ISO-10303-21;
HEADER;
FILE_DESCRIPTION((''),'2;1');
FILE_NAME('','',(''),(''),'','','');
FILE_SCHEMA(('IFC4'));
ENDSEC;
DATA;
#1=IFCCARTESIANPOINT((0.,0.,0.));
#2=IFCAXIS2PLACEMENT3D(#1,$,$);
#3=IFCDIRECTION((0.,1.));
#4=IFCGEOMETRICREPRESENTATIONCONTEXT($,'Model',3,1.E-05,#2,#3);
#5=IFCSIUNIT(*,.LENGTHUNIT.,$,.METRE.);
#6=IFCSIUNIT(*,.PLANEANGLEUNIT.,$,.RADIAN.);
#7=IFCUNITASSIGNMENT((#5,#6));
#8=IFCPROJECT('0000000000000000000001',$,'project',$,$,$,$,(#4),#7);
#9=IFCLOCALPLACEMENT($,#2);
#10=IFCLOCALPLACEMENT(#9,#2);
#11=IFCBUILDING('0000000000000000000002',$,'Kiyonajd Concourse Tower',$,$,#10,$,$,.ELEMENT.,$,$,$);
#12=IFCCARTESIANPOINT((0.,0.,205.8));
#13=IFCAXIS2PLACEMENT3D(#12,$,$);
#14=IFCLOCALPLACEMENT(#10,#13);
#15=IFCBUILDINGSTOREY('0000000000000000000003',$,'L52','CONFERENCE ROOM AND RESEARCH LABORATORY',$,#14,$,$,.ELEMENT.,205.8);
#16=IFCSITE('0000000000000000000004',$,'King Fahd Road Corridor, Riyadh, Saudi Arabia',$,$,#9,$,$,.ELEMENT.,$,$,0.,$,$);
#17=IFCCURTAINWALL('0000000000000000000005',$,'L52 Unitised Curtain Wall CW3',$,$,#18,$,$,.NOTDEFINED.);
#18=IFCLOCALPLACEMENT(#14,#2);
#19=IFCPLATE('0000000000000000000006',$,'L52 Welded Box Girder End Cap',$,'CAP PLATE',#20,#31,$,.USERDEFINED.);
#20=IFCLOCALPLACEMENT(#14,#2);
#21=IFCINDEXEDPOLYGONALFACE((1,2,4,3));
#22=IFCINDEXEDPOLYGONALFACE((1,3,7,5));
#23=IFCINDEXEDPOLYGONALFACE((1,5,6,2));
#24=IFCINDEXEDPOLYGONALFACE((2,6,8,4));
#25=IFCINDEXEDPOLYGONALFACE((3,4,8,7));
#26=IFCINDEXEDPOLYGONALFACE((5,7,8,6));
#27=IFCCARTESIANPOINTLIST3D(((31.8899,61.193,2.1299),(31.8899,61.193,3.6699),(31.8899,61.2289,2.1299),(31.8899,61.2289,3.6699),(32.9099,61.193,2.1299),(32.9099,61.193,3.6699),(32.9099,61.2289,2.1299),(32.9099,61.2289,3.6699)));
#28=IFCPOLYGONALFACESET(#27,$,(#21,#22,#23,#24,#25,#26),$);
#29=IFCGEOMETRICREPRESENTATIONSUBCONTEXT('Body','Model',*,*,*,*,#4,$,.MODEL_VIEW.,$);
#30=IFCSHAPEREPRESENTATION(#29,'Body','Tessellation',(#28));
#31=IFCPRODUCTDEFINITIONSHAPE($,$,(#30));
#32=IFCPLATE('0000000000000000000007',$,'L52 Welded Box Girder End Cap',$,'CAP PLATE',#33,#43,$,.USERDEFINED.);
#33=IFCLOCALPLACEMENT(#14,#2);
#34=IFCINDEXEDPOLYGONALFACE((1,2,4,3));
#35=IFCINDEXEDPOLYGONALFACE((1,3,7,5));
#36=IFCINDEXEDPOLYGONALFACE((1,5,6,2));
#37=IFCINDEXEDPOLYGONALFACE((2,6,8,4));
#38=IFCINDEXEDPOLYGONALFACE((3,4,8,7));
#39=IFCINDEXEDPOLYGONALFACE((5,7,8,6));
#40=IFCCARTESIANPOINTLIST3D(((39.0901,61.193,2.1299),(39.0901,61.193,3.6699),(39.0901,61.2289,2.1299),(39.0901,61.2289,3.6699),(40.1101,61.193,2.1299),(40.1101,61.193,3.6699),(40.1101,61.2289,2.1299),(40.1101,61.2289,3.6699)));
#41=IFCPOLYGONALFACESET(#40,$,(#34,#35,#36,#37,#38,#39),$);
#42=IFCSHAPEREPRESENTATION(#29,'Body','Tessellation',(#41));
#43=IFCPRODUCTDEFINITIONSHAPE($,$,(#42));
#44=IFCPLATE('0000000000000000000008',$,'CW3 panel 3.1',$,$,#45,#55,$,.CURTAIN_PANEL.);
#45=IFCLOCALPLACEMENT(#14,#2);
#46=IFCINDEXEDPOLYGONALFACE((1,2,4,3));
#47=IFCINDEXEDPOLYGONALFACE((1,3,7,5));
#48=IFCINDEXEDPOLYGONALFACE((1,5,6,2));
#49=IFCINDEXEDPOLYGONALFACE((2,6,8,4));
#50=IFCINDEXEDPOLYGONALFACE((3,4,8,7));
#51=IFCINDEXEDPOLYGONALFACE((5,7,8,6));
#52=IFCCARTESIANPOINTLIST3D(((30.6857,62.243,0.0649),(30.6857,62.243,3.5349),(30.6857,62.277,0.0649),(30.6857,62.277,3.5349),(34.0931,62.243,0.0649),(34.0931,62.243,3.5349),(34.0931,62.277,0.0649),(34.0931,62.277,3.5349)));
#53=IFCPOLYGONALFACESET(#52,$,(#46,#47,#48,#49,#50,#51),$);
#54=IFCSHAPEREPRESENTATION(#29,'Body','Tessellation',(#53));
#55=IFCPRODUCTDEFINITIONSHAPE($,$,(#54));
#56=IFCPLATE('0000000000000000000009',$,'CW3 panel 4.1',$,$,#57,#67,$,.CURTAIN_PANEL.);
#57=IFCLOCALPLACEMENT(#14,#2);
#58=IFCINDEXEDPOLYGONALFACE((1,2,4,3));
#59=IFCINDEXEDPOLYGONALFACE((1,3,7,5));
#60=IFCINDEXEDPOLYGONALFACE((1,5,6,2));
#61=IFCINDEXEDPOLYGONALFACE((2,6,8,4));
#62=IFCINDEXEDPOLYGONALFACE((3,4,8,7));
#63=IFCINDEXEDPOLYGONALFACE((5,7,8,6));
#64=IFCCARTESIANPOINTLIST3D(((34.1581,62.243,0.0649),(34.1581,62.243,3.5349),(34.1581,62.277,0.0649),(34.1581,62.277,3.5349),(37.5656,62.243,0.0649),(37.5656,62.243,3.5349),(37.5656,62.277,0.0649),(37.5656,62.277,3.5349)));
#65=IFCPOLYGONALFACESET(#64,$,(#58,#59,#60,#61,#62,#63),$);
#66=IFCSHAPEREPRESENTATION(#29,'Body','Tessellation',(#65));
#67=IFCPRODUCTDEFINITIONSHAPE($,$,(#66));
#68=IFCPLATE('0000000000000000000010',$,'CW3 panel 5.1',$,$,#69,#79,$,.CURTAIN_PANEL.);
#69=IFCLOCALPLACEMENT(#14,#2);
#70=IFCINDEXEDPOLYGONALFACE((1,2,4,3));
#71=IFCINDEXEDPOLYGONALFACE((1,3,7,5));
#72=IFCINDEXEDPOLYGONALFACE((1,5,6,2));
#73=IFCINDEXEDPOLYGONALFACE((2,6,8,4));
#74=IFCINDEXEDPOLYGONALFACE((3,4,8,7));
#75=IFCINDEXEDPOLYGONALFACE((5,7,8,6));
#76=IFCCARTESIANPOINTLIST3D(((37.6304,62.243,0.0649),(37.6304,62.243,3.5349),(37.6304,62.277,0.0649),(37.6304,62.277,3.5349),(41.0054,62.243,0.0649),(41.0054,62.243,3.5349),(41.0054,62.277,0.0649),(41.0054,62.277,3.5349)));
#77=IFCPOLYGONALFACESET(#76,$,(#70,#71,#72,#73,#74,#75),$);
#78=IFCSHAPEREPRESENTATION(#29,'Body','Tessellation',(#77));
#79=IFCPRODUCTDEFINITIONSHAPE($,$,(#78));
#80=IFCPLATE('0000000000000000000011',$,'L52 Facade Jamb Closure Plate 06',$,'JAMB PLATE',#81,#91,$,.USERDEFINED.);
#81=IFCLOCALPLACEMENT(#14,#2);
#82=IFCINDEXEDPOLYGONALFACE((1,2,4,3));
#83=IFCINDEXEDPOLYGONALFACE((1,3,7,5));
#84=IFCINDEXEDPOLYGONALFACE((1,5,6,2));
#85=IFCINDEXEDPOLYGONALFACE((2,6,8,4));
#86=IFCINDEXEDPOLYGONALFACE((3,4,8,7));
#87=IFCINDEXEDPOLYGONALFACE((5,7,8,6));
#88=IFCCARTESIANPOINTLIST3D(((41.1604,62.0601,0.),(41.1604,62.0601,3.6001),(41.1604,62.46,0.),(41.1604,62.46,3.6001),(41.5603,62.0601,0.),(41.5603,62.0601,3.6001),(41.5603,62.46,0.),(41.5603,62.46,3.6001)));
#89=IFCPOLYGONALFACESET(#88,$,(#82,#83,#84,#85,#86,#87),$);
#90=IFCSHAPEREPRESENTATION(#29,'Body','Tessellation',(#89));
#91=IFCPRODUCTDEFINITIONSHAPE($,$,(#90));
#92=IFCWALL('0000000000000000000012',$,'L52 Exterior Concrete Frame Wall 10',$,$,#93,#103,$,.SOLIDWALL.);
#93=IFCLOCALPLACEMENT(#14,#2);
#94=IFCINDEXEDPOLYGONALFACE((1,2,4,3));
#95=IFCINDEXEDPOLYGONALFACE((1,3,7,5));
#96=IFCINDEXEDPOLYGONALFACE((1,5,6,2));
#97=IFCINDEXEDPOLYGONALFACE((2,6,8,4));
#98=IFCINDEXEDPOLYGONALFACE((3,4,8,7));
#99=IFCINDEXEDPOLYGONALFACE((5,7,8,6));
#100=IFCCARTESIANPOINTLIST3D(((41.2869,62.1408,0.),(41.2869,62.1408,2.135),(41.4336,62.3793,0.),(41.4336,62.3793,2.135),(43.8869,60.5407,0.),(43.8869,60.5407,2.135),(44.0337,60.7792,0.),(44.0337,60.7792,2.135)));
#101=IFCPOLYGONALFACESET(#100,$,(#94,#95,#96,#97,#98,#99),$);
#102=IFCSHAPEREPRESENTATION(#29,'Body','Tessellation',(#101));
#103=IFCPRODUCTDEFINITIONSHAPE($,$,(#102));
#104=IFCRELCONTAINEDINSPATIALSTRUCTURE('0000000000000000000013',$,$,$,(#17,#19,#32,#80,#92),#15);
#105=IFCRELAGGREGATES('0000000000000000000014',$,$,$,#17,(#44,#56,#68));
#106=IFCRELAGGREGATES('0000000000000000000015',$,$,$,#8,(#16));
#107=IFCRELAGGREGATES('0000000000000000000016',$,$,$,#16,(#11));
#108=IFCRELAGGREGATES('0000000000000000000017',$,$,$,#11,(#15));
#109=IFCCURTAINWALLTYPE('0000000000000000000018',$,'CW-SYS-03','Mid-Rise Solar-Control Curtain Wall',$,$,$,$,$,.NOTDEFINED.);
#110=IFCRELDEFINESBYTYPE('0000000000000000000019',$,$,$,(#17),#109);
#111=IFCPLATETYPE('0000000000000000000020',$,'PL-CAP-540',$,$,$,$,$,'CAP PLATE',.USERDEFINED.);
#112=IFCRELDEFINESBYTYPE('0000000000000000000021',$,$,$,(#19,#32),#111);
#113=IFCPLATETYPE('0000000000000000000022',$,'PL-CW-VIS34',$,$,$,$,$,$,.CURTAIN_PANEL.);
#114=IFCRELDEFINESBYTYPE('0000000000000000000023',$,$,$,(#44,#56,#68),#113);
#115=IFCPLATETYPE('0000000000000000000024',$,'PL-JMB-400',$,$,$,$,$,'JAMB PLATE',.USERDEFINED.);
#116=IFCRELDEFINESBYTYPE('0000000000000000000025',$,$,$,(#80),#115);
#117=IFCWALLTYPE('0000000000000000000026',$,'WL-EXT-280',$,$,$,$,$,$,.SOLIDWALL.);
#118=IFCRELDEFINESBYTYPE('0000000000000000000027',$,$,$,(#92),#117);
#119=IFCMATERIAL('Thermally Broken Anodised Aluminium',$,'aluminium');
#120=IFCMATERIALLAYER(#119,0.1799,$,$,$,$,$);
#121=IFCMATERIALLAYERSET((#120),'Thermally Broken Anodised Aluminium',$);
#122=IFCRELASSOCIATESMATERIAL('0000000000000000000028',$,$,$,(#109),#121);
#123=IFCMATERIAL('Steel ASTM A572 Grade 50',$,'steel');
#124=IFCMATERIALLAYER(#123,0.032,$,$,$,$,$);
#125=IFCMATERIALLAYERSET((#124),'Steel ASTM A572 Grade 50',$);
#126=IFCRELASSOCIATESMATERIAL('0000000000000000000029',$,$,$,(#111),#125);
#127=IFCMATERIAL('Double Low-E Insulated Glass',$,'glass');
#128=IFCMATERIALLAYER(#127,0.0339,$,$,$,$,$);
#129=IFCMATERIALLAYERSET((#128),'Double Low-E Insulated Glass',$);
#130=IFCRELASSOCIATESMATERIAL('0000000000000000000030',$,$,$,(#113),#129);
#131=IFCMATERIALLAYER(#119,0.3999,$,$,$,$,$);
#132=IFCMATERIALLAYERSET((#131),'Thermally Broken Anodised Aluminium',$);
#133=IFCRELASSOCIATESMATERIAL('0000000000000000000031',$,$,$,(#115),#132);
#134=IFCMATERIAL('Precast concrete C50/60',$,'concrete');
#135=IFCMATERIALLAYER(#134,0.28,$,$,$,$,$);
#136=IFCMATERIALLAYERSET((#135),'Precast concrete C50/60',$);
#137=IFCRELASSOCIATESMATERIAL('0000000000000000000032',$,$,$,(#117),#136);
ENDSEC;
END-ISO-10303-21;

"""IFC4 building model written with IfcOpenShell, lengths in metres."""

from ifc_helpers import new_model, si_unit, direction, frame, frame_2d, origin, origin_2d, place, context, subcontext, project, spatial, rectangle, extrude, material, layer, layer_set, type_object, element, aggregate, save


model = new_model("IFC4")

# Units and contexts
model_context = context("Model", 3, precision=1e-05, world=origin(), true_north=direction((0.0, 1.0)))
body_context = subcontext(model_context, "Body", "Model", "MODEL_VIEW")
ifc_project = project(units=[si_unit("LENGTHUNIT", "METRE"), si_unit("PLANEANGLEUNIT", "RADIAN")], contexts=[model_context])

# Site, building, storey
site_placement = place(None, origin())
site = spatial("IfcSite", under=ifc_project, at=site_placement, Name="King Fahd Road Corridor, Riyadh, Saudi Arabia", CompositionType="ELEMENT", RefElevation=0.0)
building_placement = place(site_placement, origin())
building = spatial("IfcBuilding", under=site, at=building_placement, Name="Kiyonajd Concourse Tower", CompositionType="ELEMENT")
storey_placement = place(building_placement, frame((0.0, 0.0, 205.8)))
storey = spatial("IfcBuildingStorey", under=building, at=storey_placement, Name="L52", Description="CONFERENCE ROOM AND RESEARCH LABORATORY", CompositionType="ELEMENT", Elevation=205.8)

# Shared definitions
ifc_material_1 = material(Name="Steel ASTM A572 Grade 50", Category="steel")

# Curtain wall
ifc_material_2 = material(Name="Thermally Broken Anodised Aluminium", Category="aluminium")
ifc_layer_1 = layer(ifc_material_2, 0.1799)
ifc_layer_set_1 = layer_set([ifc_layer_1], Name="Thermally Broken Anodised Aluminium")
curtain_wall_type = type_object("IfcCurtainWallType", Name="CW-SYS-03", Description="Mid-Rise Solar-Control Curtain Wall", PredefinedType="NOTDEFINED", material=ifc_layer_set_1)
curtain_wall_placement = place(storey_placement, origin())
curtain_wall = element("IfcCurtainWall", 1, at=curtain_wall_placement, inside=storey, type_object=curtain_wall_type, Name="L52 Unitised Curtain Wall CW3", PredefinedType="NOTDEFINED")

# Plates
ifc_layer_2 = layer(ifc_material_1, 0.032)
ifc_layer_set_2 = layer_set([ifc_layer_2], Name="Steel ASTM A572 Grade 50")
plate_type_1 = type_object("IfcPlateType", Name="PL-CAP-540", ElementType="CAP PLATE", PredefinedType="USERDEFINED", material=ifc_layer_set_2)
for number, where, z_axis, x_axis, name in (
    (2, (32.3999, 61.2109, 2.1299), (0.0, 0.0, 1.0), (0.0, 1.0, 0.0), "L52 Welded Box Girder End Cap"),
    (3, (39.6001, 61.2109, 2.1299), (0.0, 0.0, 1.0), (0.0, 1.0, 0.0), "L52 Welded Box Girder End Cap"),
):
    element("IfcPlate", number, at=place(storey_placement, frame(where, z_axis=z_axis, x_axis=x_axis)), inside=storey, type_object=plate_type_1, Name=name, ObjectType="CAP PLATE", PredefinedType="USERDEFINED", context=body_context, shape_type="SweptSolid", body=[
        extrude(rectangle(XDim=0.0359, YDim=1.02, at=origin_2d()), origin(), (0.0, 0.0, 1.0), 1.54),
    ])

# Plates
ifc_material_3 = material(Name="Double Low-E Insulated Glass", Category="glass")
ifc_layer_3 = layer(ifc_material_3, 0.0339)
ifc_layer_set_3 = layer_set([ifc_layer_3], Name="Double Low-E Insulated Glass")
plate_type_2 = type_object("IfcPlateType", Name="PL-CW-VIS34", PredefinedType="CURTAIN_PANEL", material=ifc_layer_set_3)
plate_1_placement = place(storey_placement, frame((32.3894, 62.26, 0.0649), z_axis=(0.0, 0.0, 1.0), x_axis=(1.0, 0.0, 0.0)))
plate_1 = element("IfcPlate", 4, at=plate_1_placement, type_object=plate_type_2, Name="CW3 panel 3.1", PredefinedType="CURTAIN_PANEL", context=body_context, shape_type="SweptSolid", body=[
    extrude(rectangle(XDim=3.4075, YDim=0.0339, at=origin_2d()), origin(), (0.0, 0.0, 1.0), 3.47),
])
plate_2_placement = place(storey_placement, frame((35.8618, 62.26, 0.0649), z_axis=(0.0, 0.0, 1.0), x_axis=(1.0, 0.0, 0.0)))
plate_2 = element("IfcPlate", 5, at=plate_2_placement, type_object=plate_type_2, Name="CW3 panel 4.1", PredefinedType="CURTAIN_PANEL", context=body_context, shape_type="SweptSolid", body=[
    extrude(rectangle(XDim=3.4075, YDim=0.0339, at=origin_2d()), origin(), (0.0, 0.0, 1.0), 3.47),
])
plate_3_placement = place(storey_placement, frame((39.3179, 62.26, 0.0649), z_axis=(0.0, 0.0, 1.0), x_axis=(1.0, 0.0, 0.0)))
plate_3 = element("IfcPlate", 6, at=plate_3_placement, type_object=plate_type_2, Name="CW3 panel 5.1", PredefinedType="CURTAIN_PANEL", context=body_context, shape_type="SweptSolid", body=[
    extrude(rectangle(XDim=3.375, YDim=0.0339, at=origin_2d()), origin(), (0.0, 0.0, 1.0), 3.47),
])
aggregate(curtain_wall, [plate_1, plate_2, plate_3])
ifc_layer_4 = layer(ifc_material_2, 0.3999)
ifc_layer_set_4 = layer_set([ifc_layer_4], Name="Thermally Broken Anodised Aluminium")
plate_type_3 = type_object("IfcPlateType", Name="PL-JMB-400", ElementType="JAMB PLATE", PredefinedType="USERDEFINED", material=ifc_layer_set_4)
plate_4_placement = place(storey_placement, frame((41.3604, 62.26, 0.0), z_axis=(0.0, 0.0, 1.0), x_axis=(1.0, 0.0, 0.0)))
element("IfcPlate", 7, at=plate_4_placement, inside=storey, type_object=plate_type_3, Name="L52 Facade Jamb Closure Plate 06", ObjectType="JAMB PLATE", PredefinedType="USERDEFINED", context=body_context, shape_type="SweptSolid", body=[
    extrude(rectangle(XDim=0.3999, YDim=0.3999, at=origin_2d()), origin(), (0.0, 0.0, 1.0), 3.6001),
])

# Wall
ifc_material_4 = material(Name="Precast concrete C50/60", Category="concrete")
ifc_layer_5 = layer(ifc_material_4, 0.28)
ifc_layer_set_5 = layer_set([ifc_layer_5], Name="Precast concrete C50/60")
wall_type = type_object("IfcWallType", Name="WL-EXT-280", PredefinedType="SOLIDWALL", material=ifc_layer_set_5)
wall_placement = place(storey_placement, frame((41.3604, 62.26, 0.0), z_axis=(0.0, 0.0, 1.0), x_axis=(0.851653, -0.524106, 0.0)))
element("IfcWall", 8, at=wall_placement, inside=storey, type_object=wall_type, Name="L52 Exterior Concrete Frame Wall 10", PredefinedType="SOLIDWALL", context=body_context, shape_type="SweptSolid", body=[
    extrude(rectangle(XDim=3.053, YDim=0.28, at=frame_2d((1.5264, 0.0))), origin(), (0.0, 0.0, 1.0), 2.135),
])

save(model, "model.ifc")
